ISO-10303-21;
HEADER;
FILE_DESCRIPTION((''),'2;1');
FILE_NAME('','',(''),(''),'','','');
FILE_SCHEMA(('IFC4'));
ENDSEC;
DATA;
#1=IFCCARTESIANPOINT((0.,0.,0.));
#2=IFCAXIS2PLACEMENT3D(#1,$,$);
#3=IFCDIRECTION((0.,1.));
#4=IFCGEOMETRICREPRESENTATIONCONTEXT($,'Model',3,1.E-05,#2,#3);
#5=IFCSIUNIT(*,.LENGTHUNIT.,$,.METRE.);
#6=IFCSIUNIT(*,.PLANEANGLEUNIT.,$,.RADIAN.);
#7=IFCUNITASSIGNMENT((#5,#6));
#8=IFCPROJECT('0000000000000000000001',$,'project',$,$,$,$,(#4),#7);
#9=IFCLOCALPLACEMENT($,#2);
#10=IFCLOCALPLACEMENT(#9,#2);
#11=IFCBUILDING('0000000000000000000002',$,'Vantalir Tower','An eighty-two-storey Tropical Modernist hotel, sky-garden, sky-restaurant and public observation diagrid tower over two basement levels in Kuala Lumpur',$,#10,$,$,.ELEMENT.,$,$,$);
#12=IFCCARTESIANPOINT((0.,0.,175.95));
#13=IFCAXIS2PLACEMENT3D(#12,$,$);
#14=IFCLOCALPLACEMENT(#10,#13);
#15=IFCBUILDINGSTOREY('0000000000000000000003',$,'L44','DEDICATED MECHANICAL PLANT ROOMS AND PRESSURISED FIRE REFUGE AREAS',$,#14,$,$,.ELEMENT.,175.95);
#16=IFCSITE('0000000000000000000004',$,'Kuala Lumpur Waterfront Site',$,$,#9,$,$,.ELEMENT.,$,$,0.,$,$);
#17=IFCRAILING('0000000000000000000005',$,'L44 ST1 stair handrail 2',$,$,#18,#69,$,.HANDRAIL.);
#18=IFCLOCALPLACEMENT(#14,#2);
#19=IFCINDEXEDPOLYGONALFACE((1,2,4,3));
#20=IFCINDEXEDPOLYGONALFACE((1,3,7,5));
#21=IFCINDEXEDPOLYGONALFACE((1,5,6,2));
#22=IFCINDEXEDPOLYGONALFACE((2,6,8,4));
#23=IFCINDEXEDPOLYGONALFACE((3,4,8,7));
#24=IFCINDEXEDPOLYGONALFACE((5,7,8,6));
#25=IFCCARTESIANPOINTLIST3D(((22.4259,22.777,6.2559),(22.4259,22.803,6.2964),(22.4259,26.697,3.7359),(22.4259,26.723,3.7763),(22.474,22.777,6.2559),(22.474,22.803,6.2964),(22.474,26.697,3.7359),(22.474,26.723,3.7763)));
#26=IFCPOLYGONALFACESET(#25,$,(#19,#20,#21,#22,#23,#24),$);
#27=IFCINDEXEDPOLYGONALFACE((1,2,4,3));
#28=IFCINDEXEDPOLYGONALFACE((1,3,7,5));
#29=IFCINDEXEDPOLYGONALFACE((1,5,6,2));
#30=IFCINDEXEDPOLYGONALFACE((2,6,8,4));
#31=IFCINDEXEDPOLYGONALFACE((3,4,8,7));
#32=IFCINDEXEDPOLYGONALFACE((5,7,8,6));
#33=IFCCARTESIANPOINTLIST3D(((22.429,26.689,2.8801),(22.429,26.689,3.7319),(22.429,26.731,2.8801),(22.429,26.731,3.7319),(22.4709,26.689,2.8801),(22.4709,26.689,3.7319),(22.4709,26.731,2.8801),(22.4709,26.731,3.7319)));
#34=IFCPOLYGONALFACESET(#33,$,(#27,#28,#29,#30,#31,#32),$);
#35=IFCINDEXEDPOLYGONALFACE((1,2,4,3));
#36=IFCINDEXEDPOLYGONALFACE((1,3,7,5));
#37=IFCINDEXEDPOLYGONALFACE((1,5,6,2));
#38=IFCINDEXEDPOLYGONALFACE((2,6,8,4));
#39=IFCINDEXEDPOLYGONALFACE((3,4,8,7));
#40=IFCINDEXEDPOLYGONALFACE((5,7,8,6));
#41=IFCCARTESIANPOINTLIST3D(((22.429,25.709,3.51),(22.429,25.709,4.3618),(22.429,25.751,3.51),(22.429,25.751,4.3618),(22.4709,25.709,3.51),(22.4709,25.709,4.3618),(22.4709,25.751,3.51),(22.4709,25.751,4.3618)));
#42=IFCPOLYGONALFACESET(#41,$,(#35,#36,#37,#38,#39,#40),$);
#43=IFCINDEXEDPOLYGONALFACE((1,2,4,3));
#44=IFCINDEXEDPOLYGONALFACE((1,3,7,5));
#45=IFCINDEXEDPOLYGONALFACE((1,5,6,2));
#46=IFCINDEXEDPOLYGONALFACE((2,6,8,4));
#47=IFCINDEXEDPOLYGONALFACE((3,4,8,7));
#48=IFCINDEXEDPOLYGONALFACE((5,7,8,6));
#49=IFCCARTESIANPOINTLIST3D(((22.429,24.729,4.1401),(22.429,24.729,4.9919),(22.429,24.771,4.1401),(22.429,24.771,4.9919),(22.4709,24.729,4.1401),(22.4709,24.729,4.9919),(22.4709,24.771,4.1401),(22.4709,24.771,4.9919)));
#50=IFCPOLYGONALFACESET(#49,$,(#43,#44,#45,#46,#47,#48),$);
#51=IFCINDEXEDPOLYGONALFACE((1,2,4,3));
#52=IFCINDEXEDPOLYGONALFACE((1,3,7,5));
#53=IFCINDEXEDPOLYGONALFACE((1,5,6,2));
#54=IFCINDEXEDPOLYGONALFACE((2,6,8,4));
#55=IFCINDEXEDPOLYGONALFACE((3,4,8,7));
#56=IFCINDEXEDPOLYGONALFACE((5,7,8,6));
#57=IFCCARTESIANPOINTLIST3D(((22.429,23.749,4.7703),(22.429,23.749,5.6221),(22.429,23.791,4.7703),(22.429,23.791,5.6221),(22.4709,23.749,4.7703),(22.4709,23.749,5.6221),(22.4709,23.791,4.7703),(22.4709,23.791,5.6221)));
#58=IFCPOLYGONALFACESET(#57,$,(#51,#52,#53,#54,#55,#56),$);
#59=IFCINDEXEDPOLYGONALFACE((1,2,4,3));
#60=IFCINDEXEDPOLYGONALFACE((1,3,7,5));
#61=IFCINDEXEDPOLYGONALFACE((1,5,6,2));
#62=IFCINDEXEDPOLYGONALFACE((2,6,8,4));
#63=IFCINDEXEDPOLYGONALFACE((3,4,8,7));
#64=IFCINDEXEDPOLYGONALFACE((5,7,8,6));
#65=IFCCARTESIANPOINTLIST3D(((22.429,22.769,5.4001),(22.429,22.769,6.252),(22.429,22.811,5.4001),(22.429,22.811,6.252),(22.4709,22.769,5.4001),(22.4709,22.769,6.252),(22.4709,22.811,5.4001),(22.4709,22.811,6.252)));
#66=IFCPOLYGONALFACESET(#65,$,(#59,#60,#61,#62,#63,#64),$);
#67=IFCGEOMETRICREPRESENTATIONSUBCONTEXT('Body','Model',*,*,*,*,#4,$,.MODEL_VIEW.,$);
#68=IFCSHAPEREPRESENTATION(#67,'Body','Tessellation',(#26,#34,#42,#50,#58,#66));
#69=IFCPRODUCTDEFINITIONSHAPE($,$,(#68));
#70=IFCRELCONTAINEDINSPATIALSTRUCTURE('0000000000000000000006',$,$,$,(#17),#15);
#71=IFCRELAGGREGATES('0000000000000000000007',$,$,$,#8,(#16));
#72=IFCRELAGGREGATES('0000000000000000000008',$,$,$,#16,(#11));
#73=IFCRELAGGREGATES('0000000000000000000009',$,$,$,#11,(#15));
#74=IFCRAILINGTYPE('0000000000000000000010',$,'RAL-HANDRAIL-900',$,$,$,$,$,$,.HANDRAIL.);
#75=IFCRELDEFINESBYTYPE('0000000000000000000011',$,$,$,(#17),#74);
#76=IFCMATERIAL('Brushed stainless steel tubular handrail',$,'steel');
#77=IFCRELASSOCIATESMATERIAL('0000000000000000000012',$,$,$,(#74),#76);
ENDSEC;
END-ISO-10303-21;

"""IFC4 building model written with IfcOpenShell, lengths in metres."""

from ifc_helpers import new_model, si_unit, direction, frame, origin, origin_2d, place, context, subcontext, project, spatial, rectangle, extrude, material, type_object, element, save


model = new_model("IFC4")

# Units and contexts
model_context = context("Model", 3, precision=1e-05, world=origin(), true_north=direction((0.0, 1.0)))
body_context = subcontext(model_context, "Body", "Model", "MODEL_VIEW")
ifc_project = project(units=[si_unit("LENGTHUNIT", "METRE"), si_unit("PLANEANGLEUNIT", "RADIAN")], contexts=[model_context])

# Site, building, storey
site_placement = place(None, origin())
site = spatial("IfcSite", under=ifc_project, at=site_placement, Name="Kuala Lumpur Waterfront Site", CompositionType="ELEMENT", RefElevation=0.0)
building_placement = place(site_placement, origin())
building = spatial("IfcBuilding", under=site, at=building_placement, Name="Vantalir Tower", Description="An eighty-two-storey Tropical Modernist hotel, sky-garden, sky-restaurant and public observation diagrid tower over two basement levels in Kuala Lumpur", CompositionType="ELEMENT")
storey_placement = place(building_placement, frame((0.0, 0.0, 175.95)))
storey = spatial("IfcBuildingStorey", under=building, at=storey_placement, Name="L44", Description="DEDICATED MECHANICAL PLANT ROOMS AND PRESSURISED FIRE REFUGE AREAS", CompositionType="ELEMENT", Elevation=175.95)

# Railing
ifc_material_1 = material(Name="Brushed stainless steel tubular handrail", Category="steel")
railing_type_1 = type_object("IfcRailingType", Name="RAL-HANDRAIL-900", PredefinedType="HANDRAIL", material=ifc_material_1)
railing_1_placement = place(storey_placement, frame((22.45, 26.71, 2.8801)))
element("IfcRailing", 1, at=railing_1_placement, inside=storey, type_object=railing_type_1, Name="L44 ST1 stair handrail 2", PredefinedType="HANDRAIL", context=body_context, shape_type="SweptSolid", body=[
    extrude(rectangle(XDim=0.0481, YDim=0.0481, at=origin_2d()), frame((0.0, 0.0, 0.876), z_axis=(0.0, -0.841172, 0.540768), x_axis=(1.0, 0.0, 0.0)), (0.0, 0.0, 1.0), 4.6602),
    extrude(rectangle(XDim=0.042, YDim=0.042, at=origin_2d()), origin(), (0.0, 0.0, 1.0), 0.8518),
    extrude(rectangle(XDim=0.042, YDim=0.042, at=origin_2d()), frame((0.0, -0.98, 0.6299)), (0.0, 0.0, 1.0), 0.8518),
    extrude(rectangle(XDim=0.042, YDim=0.042, at=origin_2d()), frame((0.0, -1.96, 1.26)), (0.0, 0.0, 1.0), 0.8518),
    extrude(rectangle(XDim=0.042, YDim=0.042, at=origin_2d()), frame((0.0, -2.9399, 1.8901)), (0.0, 0.0, 1.0), 0.8518),
    extrude(rectangle(XDim=0.042, YDim=0.042, at=origin_2d()), frame((0.0, -3.9199, 2.52)), (0.0, 0.0, 1.0), 0.8518),
])

save(model, "model.ifc")
